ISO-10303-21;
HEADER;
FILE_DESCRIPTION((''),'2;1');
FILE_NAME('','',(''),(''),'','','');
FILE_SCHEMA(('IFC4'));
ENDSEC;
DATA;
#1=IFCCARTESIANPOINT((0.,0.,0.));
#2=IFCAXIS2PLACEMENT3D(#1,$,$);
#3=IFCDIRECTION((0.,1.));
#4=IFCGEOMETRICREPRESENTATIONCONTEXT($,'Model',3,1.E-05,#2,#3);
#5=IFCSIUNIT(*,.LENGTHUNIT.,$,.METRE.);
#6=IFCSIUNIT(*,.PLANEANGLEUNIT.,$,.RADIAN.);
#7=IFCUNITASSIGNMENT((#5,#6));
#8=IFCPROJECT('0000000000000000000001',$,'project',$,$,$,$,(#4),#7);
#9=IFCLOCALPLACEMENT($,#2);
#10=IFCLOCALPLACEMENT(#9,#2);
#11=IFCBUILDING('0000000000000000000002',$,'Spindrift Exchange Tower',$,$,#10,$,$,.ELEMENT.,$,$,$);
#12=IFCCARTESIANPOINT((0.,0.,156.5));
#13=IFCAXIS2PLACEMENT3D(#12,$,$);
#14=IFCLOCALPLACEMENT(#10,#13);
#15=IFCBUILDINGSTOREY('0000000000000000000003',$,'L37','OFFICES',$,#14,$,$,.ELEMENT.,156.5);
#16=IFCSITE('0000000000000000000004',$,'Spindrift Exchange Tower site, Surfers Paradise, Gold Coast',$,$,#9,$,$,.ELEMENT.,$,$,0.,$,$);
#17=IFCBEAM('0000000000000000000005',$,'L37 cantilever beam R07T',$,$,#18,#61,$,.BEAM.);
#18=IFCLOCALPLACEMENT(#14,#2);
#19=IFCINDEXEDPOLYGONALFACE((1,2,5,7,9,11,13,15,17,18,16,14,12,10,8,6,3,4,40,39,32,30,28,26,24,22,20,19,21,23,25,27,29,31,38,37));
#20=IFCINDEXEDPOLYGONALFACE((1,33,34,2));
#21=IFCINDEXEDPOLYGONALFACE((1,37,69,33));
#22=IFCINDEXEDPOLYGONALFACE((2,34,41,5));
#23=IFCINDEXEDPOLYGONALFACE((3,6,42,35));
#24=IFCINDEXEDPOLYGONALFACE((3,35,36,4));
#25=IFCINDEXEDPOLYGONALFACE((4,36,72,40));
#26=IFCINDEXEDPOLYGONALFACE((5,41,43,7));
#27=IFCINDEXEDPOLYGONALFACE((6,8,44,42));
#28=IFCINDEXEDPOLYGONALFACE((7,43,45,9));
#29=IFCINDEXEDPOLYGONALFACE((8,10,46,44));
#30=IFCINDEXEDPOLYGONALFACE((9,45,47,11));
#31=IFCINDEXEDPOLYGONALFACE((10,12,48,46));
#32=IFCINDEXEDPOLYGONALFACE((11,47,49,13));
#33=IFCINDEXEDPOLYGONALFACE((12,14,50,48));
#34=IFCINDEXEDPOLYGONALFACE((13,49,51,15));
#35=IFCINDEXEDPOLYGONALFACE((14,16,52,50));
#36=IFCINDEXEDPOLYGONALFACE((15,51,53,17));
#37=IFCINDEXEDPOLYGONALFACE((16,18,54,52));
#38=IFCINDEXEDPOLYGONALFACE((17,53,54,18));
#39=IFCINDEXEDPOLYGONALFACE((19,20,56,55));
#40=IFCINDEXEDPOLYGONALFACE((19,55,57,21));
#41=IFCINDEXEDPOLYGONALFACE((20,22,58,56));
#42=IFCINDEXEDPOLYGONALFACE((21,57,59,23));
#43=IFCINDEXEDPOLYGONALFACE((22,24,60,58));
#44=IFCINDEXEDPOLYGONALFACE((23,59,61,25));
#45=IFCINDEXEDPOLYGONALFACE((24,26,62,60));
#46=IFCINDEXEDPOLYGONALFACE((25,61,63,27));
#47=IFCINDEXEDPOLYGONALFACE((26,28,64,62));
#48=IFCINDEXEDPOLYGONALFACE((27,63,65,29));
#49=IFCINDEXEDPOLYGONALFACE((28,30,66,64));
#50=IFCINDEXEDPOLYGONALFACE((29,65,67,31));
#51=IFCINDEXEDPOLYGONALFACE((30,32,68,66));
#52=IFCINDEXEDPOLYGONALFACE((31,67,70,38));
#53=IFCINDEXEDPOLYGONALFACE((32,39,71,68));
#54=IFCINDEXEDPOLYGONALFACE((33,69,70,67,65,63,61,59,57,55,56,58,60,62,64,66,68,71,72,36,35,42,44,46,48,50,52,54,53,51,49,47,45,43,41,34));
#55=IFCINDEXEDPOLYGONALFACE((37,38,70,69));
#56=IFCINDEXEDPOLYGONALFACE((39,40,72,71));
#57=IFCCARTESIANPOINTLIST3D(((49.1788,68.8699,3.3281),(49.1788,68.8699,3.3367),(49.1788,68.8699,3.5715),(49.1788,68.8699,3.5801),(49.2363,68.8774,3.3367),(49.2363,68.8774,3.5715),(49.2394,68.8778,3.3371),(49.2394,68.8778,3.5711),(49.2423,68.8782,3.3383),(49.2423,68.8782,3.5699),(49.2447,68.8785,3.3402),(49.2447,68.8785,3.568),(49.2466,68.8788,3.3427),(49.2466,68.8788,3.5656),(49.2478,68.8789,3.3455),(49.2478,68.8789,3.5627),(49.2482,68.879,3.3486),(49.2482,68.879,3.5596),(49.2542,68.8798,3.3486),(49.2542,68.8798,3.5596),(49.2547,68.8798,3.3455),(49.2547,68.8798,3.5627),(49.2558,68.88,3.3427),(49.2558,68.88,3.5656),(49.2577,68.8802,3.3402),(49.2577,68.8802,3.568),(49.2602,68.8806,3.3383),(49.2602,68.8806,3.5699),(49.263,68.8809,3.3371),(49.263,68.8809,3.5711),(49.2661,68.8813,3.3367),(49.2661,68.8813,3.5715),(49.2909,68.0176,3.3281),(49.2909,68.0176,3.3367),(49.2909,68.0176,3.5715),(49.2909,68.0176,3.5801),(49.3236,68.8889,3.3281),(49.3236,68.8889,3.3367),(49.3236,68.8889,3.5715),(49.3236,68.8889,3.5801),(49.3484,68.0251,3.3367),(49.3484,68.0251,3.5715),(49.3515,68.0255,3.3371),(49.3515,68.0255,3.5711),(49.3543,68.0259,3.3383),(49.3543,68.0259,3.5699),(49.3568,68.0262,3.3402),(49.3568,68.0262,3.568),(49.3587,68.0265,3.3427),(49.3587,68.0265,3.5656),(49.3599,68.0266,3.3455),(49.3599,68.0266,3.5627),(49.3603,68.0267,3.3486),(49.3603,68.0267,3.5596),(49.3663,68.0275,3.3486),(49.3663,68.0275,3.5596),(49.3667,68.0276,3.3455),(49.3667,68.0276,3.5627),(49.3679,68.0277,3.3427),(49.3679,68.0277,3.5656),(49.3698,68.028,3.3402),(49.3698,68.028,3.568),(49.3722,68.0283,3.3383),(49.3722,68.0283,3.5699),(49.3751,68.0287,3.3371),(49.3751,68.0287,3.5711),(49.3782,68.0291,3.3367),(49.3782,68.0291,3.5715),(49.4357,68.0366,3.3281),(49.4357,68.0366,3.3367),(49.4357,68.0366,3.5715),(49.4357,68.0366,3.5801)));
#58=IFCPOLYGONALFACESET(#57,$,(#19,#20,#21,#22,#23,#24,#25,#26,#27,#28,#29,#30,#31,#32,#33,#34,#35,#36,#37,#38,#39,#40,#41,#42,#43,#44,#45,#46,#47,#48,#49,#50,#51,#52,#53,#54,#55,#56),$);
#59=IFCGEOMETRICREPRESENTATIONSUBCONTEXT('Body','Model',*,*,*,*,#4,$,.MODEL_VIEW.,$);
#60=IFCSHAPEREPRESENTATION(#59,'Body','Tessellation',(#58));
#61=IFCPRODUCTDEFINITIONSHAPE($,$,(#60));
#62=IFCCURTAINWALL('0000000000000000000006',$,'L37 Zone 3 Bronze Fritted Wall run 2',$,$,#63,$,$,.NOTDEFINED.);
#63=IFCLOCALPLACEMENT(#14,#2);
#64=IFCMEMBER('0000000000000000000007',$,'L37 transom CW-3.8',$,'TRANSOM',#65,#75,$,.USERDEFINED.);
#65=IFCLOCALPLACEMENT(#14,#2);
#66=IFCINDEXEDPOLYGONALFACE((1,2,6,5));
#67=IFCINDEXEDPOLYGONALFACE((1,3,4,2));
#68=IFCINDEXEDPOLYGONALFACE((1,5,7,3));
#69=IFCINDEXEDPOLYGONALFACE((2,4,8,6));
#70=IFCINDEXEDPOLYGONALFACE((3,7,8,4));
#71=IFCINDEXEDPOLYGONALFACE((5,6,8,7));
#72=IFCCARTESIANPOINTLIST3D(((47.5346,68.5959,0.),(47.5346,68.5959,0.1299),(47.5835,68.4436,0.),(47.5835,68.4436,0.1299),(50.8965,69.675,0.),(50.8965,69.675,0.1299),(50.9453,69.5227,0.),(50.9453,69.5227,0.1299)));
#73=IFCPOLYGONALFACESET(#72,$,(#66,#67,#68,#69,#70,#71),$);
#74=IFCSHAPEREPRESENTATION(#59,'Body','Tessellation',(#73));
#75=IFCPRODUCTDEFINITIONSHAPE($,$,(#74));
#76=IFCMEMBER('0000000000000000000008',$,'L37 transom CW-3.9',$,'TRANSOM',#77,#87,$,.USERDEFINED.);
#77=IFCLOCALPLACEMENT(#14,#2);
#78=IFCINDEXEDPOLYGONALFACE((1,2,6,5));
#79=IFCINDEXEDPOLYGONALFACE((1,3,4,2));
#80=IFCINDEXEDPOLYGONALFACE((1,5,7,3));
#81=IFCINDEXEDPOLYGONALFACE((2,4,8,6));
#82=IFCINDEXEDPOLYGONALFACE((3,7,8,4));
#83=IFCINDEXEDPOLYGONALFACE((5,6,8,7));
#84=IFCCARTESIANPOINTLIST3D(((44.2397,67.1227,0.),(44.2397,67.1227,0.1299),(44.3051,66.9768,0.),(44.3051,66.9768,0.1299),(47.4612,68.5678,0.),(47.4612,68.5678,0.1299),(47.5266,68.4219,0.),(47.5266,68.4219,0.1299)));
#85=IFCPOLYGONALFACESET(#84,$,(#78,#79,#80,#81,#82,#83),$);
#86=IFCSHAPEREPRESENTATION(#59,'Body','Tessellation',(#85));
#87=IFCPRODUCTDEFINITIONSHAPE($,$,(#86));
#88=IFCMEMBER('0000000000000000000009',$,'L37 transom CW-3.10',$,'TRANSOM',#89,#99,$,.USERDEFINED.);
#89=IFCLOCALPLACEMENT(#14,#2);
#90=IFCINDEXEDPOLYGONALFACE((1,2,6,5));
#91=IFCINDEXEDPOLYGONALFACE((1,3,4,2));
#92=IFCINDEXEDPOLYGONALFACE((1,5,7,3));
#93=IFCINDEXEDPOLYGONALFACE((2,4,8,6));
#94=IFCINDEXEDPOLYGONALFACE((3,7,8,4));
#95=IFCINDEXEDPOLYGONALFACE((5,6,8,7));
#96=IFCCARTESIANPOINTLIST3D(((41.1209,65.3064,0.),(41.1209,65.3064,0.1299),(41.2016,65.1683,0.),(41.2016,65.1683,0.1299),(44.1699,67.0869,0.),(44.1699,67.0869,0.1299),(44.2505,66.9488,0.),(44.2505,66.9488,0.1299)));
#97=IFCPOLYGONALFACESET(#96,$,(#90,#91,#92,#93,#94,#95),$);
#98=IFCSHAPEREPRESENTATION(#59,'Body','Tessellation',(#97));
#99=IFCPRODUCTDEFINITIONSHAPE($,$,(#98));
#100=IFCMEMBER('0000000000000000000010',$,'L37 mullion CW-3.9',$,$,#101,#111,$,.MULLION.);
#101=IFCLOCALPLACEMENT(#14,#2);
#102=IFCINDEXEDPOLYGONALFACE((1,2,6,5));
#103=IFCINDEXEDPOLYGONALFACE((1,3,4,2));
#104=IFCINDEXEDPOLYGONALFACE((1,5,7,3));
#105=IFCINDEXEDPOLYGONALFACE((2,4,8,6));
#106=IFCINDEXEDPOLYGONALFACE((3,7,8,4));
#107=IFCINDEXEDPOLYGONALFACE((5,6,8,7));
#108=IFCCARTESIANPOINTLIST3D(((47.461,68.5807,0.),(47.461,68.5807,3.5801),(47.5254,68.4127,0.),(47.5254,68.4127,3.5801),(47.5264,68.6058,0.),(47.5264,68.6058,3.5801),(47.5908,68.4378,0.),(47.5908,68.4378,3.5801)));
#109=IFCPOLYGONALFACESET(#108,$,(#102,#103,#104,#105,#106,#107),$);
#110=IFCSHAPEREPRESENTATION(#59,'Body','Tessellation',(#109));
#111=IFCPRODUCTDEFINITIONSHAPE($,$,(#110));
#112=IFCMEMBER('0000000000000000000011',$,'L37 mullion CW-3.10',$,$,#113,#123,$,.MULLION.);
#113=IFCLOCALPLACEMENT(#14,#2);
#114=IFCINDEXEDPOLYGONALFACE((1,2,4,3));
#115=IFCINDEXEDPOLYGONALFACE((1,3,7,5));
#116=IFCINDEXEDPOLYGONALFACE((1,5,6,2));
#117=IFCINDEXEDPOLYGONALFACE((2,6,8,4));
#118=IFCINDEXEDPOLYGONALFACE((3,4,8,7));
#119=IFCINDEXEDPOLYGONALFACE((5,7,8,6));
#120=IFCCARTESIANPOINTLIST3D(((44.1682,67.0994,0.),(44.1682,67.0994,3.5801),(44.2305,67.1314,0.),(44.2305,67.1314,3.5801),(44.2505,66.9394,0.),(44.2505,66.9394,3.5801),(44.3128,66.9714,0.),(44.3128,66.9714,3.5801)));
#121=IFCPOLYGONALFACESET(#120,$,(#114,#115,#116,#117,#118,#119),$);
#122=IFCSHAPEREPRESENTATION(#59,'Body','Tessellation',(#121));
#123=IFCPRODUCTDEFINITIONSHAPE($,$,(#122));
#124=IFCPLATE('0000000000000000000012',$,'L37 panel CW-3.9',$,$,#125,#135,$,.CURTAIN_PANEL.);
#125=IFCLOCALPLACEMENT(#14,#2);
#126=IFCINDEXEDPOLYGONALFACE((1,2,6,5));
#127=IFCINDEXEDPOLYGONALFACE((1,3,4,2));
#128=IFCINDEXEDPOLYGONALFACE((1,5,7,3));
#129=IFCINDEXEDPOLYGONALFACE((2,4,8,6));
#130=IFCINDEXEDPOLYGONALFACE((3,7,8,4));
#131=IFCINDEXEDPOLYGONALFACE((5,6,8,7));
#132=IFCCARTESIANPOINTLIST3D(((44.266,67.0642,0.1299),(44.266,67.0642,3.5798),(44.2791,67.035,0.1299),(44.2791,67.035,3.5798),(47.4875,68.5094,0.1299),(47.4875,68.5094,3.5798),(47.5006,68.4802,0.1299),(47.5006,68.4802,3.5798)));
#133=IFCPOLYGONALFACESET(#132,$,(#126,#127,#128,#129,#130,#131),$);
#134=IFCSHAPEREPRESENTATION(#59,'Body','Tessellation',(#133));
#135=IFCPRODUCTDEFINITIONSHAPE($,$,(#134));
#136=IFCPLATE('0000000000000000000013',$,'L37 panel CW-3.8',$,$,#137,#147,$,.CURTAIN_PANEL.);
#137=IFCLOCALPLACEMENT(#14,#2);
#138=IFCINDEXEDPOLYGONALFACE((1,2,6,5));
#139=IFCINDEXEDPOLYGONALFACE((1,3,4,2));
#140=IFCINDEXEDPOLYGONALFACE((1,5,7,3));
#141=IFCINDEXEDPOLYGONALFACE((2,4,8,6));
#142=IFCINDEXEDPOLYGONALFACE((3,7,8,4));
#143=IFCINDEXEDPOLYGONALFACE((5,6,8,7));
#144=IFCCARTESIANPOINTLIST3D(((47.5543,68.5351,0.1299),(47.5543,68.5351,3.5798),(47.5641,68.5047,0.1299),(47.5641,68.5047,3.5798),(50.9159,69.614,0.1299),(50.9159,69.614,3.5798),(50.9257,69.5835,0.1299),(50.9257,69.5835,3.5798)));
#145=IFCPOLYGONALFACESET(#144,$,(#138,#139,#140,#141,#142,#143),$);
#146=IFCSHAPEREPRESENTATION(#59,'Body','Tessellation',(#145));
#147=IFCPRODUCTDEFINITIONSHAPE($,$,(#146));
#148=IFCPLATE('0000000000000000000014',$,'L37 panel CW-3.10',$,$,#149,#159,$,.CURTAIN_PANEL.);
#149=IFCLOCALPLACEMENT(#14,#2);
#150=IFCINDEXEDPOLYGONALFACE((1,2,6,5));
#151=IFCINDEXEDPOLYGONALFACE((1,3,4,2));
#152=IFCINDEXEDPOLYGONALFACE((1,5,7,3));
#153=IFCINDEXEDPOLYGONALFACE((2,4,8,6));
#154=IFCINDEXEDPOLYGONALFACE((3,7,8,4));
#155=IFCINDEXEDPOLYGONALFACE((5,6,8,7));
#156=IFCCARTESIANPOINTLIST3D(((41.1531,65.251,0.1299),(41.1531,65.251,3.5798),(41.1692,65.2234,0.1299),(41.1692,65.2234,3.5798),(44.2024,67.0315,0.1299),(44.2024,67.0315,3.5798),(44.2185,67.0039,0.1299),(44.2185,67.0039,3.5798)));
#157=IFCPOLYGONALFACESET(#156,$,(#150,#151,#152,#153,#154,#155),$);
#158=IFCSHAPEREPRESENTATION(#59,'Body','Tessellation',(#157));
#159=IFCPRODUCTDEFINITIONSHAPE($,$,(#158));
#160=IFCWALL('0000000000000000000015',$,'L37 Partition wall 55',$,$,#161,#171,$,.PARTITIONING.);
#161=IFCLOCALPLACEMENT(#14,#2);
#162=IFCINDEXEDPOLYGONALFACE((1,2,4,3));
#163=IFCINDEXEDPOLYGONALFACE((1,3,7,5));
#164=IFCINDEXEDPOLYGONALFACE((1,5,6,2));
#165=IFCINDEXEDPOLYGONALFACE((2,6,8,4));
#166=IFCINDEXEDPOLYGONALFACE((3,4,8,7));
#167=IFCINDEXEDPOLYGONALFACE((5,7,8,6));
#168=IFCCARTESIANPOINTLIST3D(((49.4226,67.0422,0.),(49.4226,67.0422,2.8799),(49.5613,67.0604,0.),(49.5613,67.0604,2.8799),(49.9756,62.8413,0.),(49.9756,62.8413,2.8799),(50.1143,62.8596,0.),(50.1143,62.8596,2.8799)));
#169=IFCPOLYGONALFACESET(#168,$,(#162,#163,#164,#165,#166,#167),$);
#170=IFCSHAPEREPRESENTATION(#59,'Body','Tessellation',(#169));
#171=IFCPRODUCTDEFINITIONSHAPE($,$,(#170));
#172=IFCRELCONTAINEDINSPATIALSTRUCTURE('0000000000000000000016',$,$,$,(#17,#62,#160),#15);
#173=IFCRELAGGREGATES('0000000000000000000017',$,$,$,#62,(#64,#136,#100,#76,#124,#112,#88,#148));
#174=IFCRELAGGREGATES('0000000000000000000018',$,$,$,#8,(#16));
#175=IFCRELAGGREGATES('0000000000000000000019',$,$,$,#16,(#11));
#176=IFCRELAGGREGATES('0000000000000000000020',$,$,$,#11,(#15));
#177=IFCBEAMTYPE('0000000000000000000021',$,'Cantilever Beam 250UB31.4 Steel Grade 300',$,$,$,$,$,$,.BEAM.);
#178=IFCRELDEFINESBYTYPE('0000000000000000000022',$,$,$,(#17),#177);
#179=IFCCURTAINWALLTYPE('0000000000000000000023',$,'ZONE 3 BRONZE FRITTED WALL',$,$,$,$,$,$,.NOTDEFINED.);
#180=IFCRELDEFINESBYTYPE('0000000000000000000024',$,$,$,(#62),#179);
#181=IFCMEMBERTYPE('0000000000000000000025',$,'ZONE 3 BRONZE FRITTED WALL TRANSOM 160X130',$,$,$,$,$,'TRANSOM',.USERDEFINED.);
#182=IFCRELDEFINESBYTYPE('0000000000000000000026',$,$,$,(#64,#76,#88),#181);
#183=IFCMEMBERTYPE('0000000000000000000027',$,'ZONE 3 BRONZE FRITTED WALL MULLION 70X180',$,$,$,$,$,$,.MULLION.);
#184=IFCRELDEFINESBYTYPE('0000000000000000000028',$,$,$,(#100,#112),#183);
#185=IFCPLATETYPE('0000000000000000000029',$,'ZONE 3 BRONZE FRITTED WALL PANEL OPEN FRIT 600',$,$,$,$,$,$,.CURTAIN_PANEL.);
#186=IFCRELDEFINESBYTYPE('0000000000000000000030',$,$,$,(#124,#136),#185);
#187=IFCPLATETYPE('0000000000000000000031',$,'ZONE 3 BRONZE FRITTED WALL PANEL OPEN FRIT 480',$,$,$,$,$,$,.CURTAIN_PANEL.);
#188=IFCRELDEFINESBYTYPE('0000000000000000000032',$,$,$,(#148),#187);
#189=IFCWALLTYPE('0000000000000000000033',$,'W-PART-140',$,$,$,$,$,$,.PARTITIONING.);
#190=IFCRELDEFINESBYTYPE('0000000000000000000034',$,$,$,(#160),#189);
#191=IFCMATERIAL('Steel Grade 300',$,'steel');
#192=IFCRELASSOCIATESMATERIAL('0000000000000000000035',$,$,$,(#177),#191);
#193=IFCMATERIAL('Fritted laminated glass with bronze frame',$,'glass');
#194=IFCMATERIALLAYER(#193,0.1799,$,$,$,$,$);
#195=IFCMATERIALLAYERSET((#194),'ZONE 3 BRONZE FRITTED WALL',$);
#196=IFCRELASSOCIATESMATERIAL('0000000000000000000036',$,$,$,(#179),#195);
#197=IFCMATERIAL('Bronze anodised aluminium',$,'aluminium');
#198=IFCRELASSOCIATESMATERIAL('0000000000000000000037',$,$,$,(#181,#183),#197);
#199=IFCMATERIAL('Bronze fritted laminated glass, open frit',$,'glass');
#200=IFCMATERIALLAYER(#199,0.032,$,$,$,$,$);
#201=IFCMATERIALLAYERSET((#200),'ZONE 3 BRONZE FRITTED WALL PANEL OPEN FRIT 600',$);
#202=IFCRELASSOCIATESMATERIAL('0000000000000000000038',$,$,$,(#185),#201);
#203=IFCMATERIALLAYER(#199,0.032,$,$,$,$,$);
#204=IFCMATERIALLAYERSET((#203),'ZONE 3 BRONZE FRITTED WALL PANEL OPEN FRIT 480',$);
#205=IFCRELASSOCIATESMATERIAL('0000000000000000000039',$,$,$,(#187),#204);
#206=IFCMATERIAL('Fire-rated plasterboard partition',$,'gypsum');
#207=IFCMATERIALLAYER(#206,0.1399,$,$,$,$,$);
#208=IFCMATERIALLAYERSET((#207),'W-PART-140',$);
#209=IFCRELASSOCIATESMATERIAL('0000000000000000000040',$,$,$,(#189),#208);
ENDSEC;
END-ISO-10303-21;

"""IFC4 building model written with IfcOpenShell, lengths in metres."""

from ifc_helpers import new_model, si_unit, direction, frame, frame_2d, origin, origin_2d, place, context, subcontext, project, spatial, rectangle, i_section, extrude, source, transform, mapped, material, layer, layer_set, material_profile, profile_set, type_object, element, aggregate, save


model = new_model("IFC4")

# Units and contexts
model_context = context("Model", 3, precision=1e-05, world=origin(), true_north=direction((0.0, 1.0)))
body_context = subcontext(model_context, "Body", "Model", "MODEL_VIEW")
ifc_project = project(units=[si_unit("LENGTHUNIT", "METRE"), si_unit("PLANEANGLEUNIT", "RADIAN")], contexts=[model_context])

# Site, building, storey
site_placement = place(None, origin())
site = spatial("IfcSite", under=ifc_project, at=site_placement, Name="Spindrift Exchange Tower site, Surfers Paradise, Gold Coast", CompositionType="ELEMENT", RefElevation=0.0)
building_placement = place(site_placement, origin())
building = spatial("IfcBuilding", under=site, at=building_placement, Name="Spindrift Exchange Tower", CompositionType="ELEMENT")
storey_placement = place(building_placement, frame((0.0, 0.0, 156.5)))
storey = spatial("IfcBuildingStorey", under=building, at=storey_placement, Name="L37", Description="OFFICES", CompositionType="ELEMENT", Elevation=156.5)

# Beam
ifc_material_1 = material(Name="Steel Grade 300", Category="steel")
ifc_material_profile_1 = material_profile(ifc_material_1, i_section(OverallWidth=0.146, OverallDepth=0.252, WebThickness=0.0061, FlangeThickness=0.0085, FilletRadius=0.012, at=origin_2d()), Name="250UB31.4")
ifc_profile_set_1 = profile_set([ifc_material_profile_1], Name="Steel Grade 300")
beam_type_1 = type_object("IfcBeamType", Name="Cantilever Beam 250UB31.4 Steel Grade 300", PredefinedType="BEAM", material=ifc_profile_set_1)
shared_shape_1 = source(origin(), body_context, "Body", "SweptSolid", [
    extrude(i_section(OverallWidth=0.146, OverallDepth=0.252, WebThickness=0.0061, FlangeThickness=0.0085, FilletRadius=0.012, at=origin_2d()), origin(), (0.0, 0.0, 1.0), 0.8596),
])
beam_1_placement = place(storey_placement, frame((49.3633, 68.0271, 3.4541), z_axis=(-0.130359, 0.991467, 0.0), x_axis=(-0.991467, -0.130359, 0.0)))
element("IfcBeam", 1, at=beam_1_placement, inside=storey, type_object=beam_type_1, Name="L37 cantilever beam R07T", PredefinedType="BEAM", context=body_context, shape_type="MappedRepresentation", body=[
    mapped(shared_shape_1, transform((0.0, 0.0, 0.0), scale=1.0)),
])

# Curtain wall, members, plates
ifc_material_2 = material(Name="Fritted laminated glass with bronze frame", Category="glass")
ifc_layer_1 = layer(ifc_material_2, 0.1799)
ifc_layer_set_1 = layer_set([ifc_layer_1], Name="ZONE 3 BRONZE FRITTED WALL")
curtain_wall_type = type_object("IfcCurtainWallType", Name="ZONE 3 BRONZE FRITTED WALL", PredefinedType="NOTDEFINED", material=ifc_layer_set_1)
curtain_wall_placement = place(storey_placement, origin())
curtain_wall = element("IfcCurtainWall", 2, at=curtain_wall_placement, inside=storey, type_object=curtain_wall_type, Name="L37 Zone 3 Bronze Fritted Wall run 2", PredefinedType="NOTDEFINED")
ifc_material_3 = material(Name="Bronze anodised aluminium", Category="aluminium")
ifc_material_profile_2 = material_profile(ifc_material_3, rectangle(XDim=0.1599, YDim=0.1299, at=origin_2d()), Name="ZONE 3 BRONZE FRITTED WALL TRANSOM 160X130")
ifc_profile_set_2 = profile_set([ifc_material_profile_2], Name="Bronze anodised aluminium")
member_type_1 = type_object("IfcMemberType", Name="ZONE 3 BRONZE FRITTED WALL TRANSOM 160X130", ElementType="TRANSOM", PredefinedType="USERDEFINED", material=ifc_profile_set_2)
shared_shape_2 = source(origin(), body_context, "Body", "SweptSolid", [
    extrude(rectangle(XDim=0.1599, YDim=0.1299, at=origin_2d()), origin(), (0.0, 0.0, 1.0), 3.5308),
])
member_1_placement = place(storey_placement, frame((50.9209, 69.5989, 0.0649), z_axis=(-0.952151, -0.305629, 0.0), x_axis=(0.305629, -0.952151, 0.0)))
member_1 = element("IfcMember", 3, at=member_1_placement, type_object=member_type_1, Name="L37 transom CW-3.8", ObjectType="TRANSOM", PredefinedType="USERDEFINED", context=body_context, shape_type="MappedRepresentation", body=[
    mapped(shared_shape_2, transform((0.0, 0.0, 0.0), scale=1.0)),
])
member_2_placement = place(storey_placement, frame((47.4939, 68.4949, 0.0649), z_axis=(-0.912406, -0.409286, 0.0), x_axis=(0.409286, -0.912406, 0.0)))
member_2 = element("IfcMember", 4, at=member_2_placement, type_object=member_type_1, Name="L37 transom CW-3.9", ObjectType="TRANSOM", PredefinedType="USERDEFINED", context=body_context, shape_type="MappedRepresentation", body=[
    mapped(shared_shape_2, transform((0.0, 0.0, 0.0), scale=1.0)),
])
member_3_placement = place(storey_placement, frame((44.2102, 67.0178, 0.0649), z_axis=(-0.863546, -0.504271, 0.0), x_axis=(0.504271, -0.863546, 0.0)))
member_3 = element("IfcMember", 5, at=member_3_placement, type_object=member_type_1, Name="L37 transom CW-3.10", ObjectType="TRANSOM", PredefinedType="USERDEFINED", context=body_context, shape_type="MappedRepresentation", body=[
    mapped(shared_shape_2, transform((0.0, 0.0, 0.0), scale=1.0)),
])
ifc_material_profile_3 = material_profile(ifc_material_3, rectangle(XDim=0.0701, YDim=0.1799, at=origin_2d()), Name="ZONE 3 BRONZE FRITTED WALL MULLION 70X180")
ifc_profile_set_3 = profile_set([ifc_material_profile_3], Name="Bronze anodised aluminium")
member_type_2 = type_object("IfcMemberType", Name="ZONE 3 BRONZE FRITTED WALL MULLION 70X180", PredefinedType="MULLION", material=ifc_profile_set_3)
shared_shape_3 = source(origin(), body_context, "Body", "SweptSolid", [
    extrude(rectangle(XDim=0.0701, YDim=0.1799, at=origin_2d()), origin(), (0.0, 0.0, 1.0), 3.5801),
])
member_4_placement = place(storey_placement, frame((47.5259, 68.5093, 0.0), z_axis=(0.0, 0.0, 1.0), x_axis=(-0.933722, -0.357998, 0.0)))
member_4 = element("IfcMember", 6, at=member_4_placement, type_object=member_type_2, Name="L37 mullion CW-3.9", PredefinedType="MULLION", context=body_context, shape_type="MappedRepresentation", body=[
    mapped(shared_shape_3, transform((0.0, 0.0, 0.0), scale=1.0)),
])
member_5_placement = place(storey_placement, frame((44.2405, 67.0354, 0.0), z_axis=(0.0, 0.0, 1.0), x_axis=(-0.889249, -0.457423, 0.0)))
member_5 = element("IfcMember", 7, at=member_5_placement, type_object=member_type_2, Name="L37 mullion CW-3.10", PredefinedType="MULLION", context=body_context, shape_type="MappedRepresentation", body=[
    mapped(shared_shape_3, transform((0.0, 0.0, 0.0), scale=1.0)),
])
ifc_material_4 = material(Name="Bronze fritted laminated glass, open frit", Category="glass")
ifc_layer_2 = layer(ifc_material_4, 0.032)
ifc_layer_set_2 = layer_set([ifc_layer_2], Name="ZONE 3 BRONZE FRITTED WALL PANEL OPEN FRIT 600")
plate_type_1 = type_object("IfcPlateType", Name="ZONE 3 BRONZE FRITTED WALL PANEL OPEN FRIT 600", PredefinedType="CURTAIN_PANEL", material=ifc_layer_set_2)
shared_shape_4 = source(origin(), body_context, "Body", "SweptSolid", [
    extrude(rectangle(XDim=3.5308, YDim=0.032, at=origin_2d()), origin(), (0.0, 0.0, 1.0), 3.45),
])
plate_1_placement = place(storey_placement, frame((45.8833, 67.7722, 0.1299), z_axis=(0.0, 0.0, 1.0), x_axis=(-0.912398, -0.409305, 0.0)))
plate_1 = element("IfcPlate", 8, at=plate_1_placement, type_object=plate_type_1, Name="L37 panel CW-3.9", PredefinedType="CURTAIN_PANEL", context=body_context, shape_type="MappedRepresentation", body=[
    mapped(shared_shape_4, transform((0.0, 0.0, 0.0), scale=1.0)),
])
shared_shape_5 = source(origin(), body_context, "Body", "SweptSolid", [
    extrude(rectangle(XDim=3.5305, YDim=0.032, at=origin_2d()), origin(), (0.0, 0.0, 1.0), 3.45),
])
plate_2_placement = place(storey_placement, frame((49.24, 69.0593, 0.1299), z_axis=(0.0, 0.0, 1.0), x_axis=(-0.952165, -0.305586, 0.0)))
plate_2 = element("IfcPlate", 9, at=plate_2_placement, type_object=plate_type_1, Name="L37 panel CW-3.8", PredefinedType="CURTAIN_PANEL", context=body_context, shape_type="MappedRepresentation", body=[
    mapped(shared_shape_5, transform((0.0, 0.0, 0.0), scale=1.0)),
])
ifc_layer_3 = layer(ifc_material_4, 0.032)
ifc_layer_set_3 = layer_set([ifc_layer_3], Name="ZONE 3 BRONZE FRITTED WALL PANEL OPEN FRIT 480")
plate_type_2 = type_object("IfcPlateType", Name="ZONE 3 BRONZE FRITTED WALL PANEL OPEN FRIT 480", PredefinedType="CURTAIN_PANEL", material=ifc_layer_set_3)
shared_shape_6 = source(origin(), body_context, "Body", "SweptSolid", [
    extrude(rectangle(XDim=3.531, YDim=0.032, at=origin_2d()), origin(), (0.0, 0.0, 1.0), 3.45),
])
plate_3_placement = place(storey_placement, frame((42.6858, 66.1274, 0.1299), z_axis=(0.0, 0.0, 1.0), x_axis=(-0.863565, -0.504237, 0.0)))
plate_3 = element("IfcPlate", 10, at=plate_3_placement, type_object=plate_type_2, Name="L37 panel CW-3.10", PredefinedType="CURTAIN_PANEL", context=body_context, shape_type="MappedRepresentation", body=[
    mapped(shared_shape_6, transform((0.0, 0.0, 0.0), scale=1.0)),
])
aggregate(curtain_wall, [member_1, plate_2, member_4, member_2, plate_1, member_5, member_3, plate_3])

# Wall
ifc_material_5 = material(Name="Fire-rated plasterboard partition", Category="gypsum")
ifc_layer_4 = layer(ifc_material_5, 0.1399)
ifc_layer_set_4 = layer_set([ifc_layer_4], Name="W-PART-140")
wall_type = type_object("IfcWallType", Name="W-PART-140", PredefinedType="PARTITIONING", material=ifc_layer_set_4)
wall_1_placement = place(storey_placement, frame((50.0449, 62.8503, 0.0), z_axis=(0.0, 0.0, 1.0), x_axis=(-0.130507, 0.991447, 0.0)))
element("IfcWall", 11, at=wall_1_placement, inside=storey, type_object=wall_type, Name="L37 Partition wall 55", PredefinedType="PARTITIONING", context=body_context, shape_type="SweptSolid", body=[
    extrude(rectangle(XDim=4.2371, YDim=0.1399, at=frame_2d((2.1187, 0.0))), origin(), (0.0, 0.0, 1.0), 2.8799),
])

save(model, "model.ifc")
